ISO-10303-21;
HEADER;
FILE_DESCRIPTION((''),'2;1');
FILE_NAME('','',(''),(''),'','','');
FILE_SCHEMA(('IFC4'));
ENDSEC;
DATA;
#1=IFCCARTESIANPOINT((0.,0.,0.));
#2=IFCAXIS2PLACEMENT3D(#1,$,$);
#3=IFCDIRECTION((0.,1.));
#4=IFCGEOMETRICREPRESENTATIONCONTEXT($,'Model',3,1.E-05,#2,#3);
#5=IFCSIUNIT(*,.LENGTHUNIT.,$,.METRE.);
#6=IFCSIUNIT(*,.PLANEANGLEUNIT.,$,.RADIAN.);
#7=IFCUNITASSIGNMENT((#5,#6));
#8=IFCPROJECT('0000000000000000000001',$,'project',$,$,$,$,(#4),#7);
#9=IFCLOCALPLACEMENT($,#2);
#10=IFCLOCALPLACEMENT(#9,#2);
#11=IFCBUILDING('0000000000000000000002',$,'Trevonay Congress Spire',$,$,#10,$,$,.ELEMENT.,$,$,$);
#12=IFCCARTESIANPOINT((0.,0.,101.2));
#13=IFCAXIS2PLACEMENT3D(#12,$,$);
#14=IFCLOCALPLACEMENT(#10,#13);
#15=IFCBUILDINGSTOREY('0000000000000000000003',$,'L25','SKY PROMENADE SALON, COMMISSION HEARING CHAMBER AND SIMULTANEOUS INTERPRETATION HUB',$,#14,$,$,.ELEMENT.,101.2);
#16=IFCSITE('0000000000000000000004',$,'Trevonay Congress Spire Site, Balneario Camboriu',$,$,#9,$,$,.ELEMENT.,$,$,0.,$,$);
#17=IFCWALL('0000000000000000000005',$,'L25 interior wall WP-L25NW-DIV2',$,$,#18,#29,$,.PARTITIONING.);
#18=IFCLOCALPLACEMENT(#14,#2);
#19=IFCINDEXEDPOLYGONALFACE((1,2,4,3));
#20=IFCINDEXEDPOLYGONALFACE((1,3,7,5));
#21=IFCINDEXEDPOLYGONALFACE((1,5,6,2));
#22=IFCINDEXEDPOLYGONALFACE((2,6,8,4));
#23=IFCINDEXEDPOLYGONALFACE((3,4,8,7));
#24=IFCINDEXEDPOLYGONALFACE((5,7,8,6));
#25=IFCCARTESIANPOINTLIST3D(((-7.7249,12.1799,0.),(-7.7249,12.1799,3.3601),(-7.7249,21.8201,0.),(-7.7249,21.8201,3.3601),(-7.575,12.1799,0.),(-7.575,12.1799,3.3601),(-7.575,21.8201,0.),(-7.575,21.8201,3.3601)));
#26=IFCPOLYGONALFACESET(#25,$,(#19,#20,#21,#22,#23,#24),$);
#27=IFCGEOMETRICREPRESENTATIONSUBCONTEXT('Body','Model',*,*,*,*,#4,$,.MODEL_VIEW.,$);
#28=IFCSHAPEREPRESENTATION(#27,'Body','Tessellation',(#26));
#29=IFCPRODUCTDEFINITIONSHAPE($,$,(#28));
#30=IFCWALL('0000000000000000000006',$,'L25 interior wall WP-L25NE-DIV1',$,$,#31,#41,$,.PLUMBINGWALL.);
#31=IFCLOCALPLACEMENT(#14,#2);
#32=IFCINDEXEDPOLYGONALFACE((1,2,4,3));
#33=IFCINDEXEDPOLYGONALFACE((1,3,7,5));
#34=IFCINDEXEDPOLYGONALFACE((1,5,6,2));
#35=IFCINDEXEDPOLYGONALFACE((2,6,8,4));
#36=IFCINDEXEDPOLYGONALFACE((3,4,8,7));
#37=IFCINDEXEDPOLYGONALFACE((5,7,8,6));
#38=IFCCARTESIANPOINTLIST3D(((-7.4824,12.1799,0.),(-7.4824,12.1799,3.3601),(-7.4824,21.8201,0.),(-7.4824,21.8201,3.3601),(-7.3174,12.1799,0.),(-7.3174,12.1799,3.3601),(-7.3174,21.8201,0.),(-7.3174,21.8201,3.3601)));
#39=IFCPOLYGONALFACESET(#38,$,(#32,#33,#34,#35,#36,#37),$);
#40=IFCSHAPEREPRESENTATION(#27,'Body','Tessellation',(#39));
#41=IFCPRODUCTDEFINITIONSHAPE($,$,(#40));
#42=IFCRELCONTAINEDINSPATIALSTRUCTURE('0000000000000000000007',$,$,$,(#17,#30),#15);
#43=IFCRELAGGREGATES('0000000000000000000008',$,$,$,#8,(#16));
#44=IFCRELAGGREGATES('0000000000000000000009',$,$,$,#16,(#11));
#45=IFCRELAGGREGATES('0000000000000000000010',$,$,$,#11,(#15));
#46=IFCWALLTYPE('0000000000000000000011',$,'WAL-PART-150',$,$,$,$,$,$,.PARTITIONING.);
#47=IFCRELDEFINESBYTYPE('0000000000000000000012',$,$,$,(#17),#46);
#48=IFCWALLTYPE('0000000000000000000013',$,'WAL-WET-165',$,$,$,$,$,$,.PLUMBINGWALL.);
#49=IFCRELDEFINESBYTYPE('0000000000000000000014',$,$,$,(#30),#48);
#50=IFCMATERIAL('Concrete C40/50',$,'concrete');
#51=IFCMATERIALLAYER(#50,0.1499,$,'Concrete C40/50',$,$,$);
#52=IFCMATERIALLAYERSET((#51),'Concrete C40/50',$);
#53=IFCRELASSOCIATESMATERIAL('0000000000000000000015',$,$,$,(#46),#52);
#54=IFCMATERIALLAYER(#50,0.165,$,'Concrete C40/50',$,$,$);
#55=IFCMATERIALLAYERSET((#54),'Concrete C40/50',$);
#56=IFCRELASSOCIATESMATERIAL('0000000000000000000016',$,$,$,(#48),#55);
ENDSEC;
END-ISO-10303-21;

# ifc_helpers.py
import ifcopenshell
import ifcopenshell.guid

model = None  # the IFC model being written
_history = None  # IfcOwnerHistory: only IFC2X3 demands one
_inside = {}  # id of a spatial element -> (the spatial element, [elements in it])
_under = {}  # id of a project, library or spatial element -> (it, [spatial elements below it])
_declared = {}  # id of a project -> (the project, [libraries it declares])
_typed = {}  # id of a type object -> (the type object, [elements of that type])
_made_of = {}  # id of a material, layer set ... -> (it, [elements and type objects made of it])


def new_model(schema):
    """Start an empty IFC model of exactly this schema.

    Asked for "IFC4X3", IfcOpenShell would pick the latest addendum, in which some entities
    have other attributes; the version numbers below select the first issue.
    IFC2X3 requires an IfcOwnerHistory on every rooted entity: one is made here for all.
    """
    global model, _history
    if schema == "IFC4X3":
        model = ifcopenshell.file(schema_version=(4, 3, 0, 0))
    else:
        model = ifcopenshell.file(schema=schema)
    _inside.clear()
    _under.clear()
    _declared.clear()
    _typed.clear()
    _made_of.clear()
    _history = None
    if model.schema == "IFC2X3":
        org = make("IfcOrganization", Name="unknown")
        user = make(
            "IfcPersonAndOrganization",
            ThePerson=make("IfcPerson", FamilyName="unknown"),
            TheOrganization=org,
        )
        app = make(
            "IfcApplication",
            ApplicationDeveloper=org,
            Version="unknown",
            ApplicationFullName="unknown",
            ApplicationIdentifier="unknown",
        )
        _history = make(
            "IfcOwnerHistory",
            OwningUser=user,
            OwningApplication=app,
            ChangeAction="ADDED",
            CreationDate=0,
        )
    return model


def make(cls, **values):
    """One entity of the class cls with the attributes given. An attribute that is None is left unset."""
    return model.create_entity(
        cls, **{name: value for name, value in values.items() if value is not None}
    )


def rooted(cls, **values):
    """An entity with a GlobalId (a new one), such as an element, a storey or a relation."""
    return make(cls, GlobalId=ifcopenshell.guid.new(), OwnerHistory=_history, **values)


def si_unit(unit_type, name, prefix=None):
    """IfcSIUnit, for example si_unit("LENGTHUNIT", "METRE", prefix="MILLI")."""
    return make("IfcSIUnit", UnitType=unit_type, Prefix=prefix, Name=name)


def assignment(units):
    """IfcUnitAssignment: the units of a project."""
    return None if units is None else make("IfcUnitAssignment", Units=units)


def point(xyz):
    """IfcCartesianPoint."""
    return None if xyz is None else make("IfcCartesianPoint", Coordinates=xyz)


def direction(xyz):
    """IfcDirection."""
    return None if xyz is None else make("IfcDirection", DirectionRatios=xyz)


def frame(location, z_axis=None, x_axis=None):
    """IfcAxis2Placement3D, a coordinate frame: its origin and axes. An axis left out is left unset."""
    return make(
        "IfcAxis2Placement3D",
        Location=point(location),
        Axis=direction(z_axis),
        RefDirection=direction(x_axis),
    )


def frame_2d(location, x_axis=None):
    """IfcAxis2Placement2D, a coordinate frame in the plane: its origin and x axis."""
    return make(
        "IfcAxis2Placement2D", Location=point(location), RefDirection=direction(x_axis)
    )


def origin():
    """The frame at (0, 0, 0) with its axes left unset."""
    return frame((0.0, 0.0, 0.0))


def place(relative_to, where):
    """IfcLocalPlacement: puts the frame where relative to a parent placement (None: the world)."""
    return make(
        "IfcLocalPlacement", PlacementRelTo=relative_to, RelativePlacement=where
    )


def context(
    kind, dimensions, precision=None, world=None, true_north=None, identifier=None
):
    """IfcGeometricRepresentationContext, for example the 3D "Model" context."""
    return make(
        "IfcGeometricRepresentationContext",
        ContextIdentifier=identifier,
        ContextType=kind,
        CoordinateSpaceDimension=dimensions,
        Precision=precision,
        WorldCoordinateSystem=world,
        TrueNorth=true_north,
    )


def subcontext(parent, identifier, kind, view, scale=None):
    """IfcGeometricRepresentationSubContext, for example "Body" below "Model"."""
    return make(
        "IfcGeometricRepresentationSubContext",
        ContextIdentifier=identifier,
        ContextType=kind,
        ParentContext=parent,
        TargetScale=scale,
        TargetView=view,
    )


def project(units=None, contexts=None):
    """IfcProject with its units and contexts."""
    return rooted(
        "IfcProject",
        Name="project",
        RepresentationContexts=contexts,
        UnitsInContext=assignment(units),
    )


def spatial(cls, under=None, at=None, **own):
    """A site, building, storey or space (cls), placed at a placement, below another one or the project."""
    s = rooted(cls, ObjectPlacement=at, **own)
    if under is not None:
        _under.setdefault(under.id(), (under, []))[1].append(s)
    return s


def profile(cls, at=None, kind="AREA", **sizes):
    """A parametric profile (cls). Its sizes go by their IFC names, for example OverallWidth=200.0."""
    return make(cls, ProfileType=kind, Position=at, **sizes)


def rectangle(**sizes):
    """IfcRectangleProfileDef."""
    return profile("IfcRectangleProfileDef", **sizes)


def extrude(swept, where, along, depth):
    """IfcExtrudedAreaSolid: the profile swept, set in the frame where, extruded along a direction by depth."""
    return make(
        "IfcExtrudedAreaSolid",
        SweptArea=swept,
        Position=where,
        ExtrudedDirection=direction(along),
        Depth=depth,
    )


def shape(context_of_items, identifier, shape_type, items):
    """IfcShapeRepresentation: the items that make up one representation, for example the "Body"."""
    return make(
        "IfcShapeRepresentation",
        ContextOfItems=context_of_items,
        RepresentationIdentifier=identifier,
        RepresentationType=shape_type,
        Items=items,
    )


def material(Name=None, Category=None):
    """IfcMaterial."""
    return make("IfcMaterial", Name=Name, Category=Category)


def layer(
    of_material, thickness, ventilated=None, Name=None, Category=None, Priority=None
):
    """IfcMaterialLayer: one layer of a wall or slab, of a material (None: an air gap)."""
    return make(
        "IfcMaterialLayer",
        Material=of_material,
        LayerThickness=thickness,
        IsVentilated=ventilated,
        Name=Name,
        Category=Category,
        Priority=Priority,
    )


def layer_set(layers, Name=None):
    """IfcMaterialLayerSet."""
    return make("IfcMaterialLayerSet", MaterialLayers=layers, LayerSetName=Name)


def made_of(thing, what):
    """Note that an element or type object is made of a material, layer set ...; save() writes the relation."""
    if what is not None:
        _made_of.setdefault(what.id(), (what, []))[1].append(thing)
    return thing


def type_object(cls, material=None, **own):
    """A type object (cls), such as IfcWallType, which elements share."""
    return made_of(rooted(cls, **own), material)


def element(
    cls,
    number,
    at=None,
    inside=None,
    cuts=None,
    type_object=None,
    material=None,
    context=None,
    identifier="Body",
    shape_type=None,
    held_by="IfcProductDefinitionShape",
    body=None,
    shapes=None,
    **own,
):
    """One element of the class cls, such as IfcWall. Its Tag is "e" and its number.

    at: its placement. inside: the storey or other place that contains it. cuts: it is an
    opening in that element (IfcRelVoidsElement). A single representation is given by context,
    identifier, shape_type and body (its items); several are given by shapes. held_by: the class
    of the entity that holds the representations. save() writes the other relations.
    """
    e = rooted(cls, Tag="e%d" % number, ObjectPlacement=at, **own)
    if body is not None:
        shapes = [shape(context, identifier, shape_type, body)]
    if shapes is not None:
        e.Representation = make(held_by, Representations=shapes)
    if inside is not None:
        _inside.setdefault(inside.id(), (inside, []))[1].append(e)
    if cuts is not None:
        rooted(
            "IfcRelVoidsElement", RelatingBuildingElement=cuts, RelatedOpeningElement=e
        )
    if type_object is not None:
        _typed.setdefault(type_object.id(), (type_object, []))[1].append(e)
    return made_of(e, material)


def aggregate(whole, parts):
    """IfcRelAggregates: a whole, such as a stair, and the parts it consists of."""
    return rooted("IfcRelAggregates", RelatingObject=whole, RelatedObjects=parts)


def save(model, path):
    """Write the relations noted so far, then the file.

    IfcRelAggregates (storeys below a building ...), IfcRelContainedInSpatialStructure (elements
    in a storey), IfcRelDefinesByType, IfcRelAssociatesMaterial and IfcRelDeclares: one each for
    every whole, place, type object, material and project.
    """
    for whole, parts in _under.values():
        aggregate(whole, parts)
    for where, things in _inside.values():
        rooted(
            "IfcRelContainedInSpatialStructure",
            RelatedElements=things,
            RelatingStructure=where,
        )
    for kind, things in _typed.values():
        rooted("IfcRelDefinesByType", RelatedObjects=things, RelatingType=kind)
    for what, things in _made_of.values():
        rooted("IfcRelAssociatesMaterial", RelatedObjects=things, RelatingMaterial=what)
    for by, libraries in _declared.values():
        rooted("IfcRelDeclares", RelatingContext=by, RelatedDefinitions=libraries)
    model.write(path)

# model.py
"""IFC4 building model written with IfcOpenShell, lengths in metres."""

from ifc_helpers import new_model, si_unit, direction, frame, frame_2d, origin, place, context, subcontext, project, spatial, rectangle, extrude, material, layer, layer_set, type_object, element, save


model = new_model("IFC4")

# Units and contexts
model_context = context("Model", 3, precision=1e-05, world=origin(), true_north=direction((0.0, 1.0)))
body_context = subcontext(model_context, "Body", "Model", "MODEL_VIEW")
ifc_project = project(units=[si_unit("LENGTHUNIT", "METRE"), si_unit("PLANEANGLEUNIT", "RADIAN")], contexts=[model_context])

# Site, building, storey
site_placement = place(None, origin())
site = spatial("IfcSite", under=ifc_project, at=site_placement, Name="Trevonay Congress Spire Site, Balneario Camboriu", CompositionType="ELEMENT", RefElevation=0.0)
building_placement = place(site_placement, origin())
building = spatial("IfcBuilding", under=site, at=building_placement, Name="Trevonay Congress Spire", CompositionType="ELEMENT")
storey_placement = place(building_placement, frame((0.0, 0.0, 101.2)))
storey = spatial("IfcBuildingStorey", under=building, at=storey_placement, Name="L25", Description="SKY PROMENADE SALON, COMMISSION HEARING CHAMBER AND SIMULTANEOUS INTERPRETATION HUB", CompositionType="ELEMENT", Elevation=101.2)

# Shared definitions
ifc_material_1 = material(Name="Concrete C40/50", Category="concrete")

# Walls
ifc_layer_1 = layer(ifc_material_1, 0.1499, Name="Concrete C40/50")
ifc_layer_set_1 = layer_set([ifc_layer_1], Name="Concrete C40/50")
wall_type_1 = type_object("IfcWallType", Name="WAL-PART-150", PredefinedType="PARTITIONING", material=ifc_layer_set_1)
wall_1_placement = place(storey_placement, frame((-7.6499, 12.1799, 0.0), z_axis=(0.0, 0.0, 1.0), x_axis=(0.0, 1.0, 0.0)))
element("IfcWall", 1, at=wall_1_placement, inside=storey, type_object=wall_type_1, Name="L25 interior wall WP-L25NW-DIV2", PredefinedType="PARTITIONING", context=body_context, shape_type="SweptSolid", body=[
    extrude(rectangle(XDim=9.6401, YDim=0.1499, at=frame_2d((4.8201, 0.0))), origin(), (0.0, 0.0, 1.0), 3.3601),
])
ifc_layer_2 = layer(ifc_material_1, 0.165, Name="Concrete C40/50")
ifc_layer_set_2 = layer_set([ifc_layer_2], Name="Concrete C40/50")
wall_type_2 = type_object("IfcWallType", Name="WAL-WET-165", PredefinedType="PLUMBINGWALL", material=ifc_layer_set_2)
wall_2_placement = place(storey_placement, frame((-7.3999, 12.1799, 0.0), z_axis=(0.0, 0.0, 1.0), x_axis=(0.0, 1.0, 0.0)))
element("IfcWall", 2, at=wall_2_placement, inside=storey, type_object=wall_type_2, Name="L25 interior wall WP-L25NE-DIV1", PredefinedType="PLUMBINGWALL", context=body_context, shape_type="SweptSolid", body=[
    extrude(rectangle(XDim=9.6401, YDim=0.165, at=frame_2d((4.8201, 0.0))), origin(), (0.0, 0.0, 1.0), 3.3601),
])

save(model, "model.ifc")
